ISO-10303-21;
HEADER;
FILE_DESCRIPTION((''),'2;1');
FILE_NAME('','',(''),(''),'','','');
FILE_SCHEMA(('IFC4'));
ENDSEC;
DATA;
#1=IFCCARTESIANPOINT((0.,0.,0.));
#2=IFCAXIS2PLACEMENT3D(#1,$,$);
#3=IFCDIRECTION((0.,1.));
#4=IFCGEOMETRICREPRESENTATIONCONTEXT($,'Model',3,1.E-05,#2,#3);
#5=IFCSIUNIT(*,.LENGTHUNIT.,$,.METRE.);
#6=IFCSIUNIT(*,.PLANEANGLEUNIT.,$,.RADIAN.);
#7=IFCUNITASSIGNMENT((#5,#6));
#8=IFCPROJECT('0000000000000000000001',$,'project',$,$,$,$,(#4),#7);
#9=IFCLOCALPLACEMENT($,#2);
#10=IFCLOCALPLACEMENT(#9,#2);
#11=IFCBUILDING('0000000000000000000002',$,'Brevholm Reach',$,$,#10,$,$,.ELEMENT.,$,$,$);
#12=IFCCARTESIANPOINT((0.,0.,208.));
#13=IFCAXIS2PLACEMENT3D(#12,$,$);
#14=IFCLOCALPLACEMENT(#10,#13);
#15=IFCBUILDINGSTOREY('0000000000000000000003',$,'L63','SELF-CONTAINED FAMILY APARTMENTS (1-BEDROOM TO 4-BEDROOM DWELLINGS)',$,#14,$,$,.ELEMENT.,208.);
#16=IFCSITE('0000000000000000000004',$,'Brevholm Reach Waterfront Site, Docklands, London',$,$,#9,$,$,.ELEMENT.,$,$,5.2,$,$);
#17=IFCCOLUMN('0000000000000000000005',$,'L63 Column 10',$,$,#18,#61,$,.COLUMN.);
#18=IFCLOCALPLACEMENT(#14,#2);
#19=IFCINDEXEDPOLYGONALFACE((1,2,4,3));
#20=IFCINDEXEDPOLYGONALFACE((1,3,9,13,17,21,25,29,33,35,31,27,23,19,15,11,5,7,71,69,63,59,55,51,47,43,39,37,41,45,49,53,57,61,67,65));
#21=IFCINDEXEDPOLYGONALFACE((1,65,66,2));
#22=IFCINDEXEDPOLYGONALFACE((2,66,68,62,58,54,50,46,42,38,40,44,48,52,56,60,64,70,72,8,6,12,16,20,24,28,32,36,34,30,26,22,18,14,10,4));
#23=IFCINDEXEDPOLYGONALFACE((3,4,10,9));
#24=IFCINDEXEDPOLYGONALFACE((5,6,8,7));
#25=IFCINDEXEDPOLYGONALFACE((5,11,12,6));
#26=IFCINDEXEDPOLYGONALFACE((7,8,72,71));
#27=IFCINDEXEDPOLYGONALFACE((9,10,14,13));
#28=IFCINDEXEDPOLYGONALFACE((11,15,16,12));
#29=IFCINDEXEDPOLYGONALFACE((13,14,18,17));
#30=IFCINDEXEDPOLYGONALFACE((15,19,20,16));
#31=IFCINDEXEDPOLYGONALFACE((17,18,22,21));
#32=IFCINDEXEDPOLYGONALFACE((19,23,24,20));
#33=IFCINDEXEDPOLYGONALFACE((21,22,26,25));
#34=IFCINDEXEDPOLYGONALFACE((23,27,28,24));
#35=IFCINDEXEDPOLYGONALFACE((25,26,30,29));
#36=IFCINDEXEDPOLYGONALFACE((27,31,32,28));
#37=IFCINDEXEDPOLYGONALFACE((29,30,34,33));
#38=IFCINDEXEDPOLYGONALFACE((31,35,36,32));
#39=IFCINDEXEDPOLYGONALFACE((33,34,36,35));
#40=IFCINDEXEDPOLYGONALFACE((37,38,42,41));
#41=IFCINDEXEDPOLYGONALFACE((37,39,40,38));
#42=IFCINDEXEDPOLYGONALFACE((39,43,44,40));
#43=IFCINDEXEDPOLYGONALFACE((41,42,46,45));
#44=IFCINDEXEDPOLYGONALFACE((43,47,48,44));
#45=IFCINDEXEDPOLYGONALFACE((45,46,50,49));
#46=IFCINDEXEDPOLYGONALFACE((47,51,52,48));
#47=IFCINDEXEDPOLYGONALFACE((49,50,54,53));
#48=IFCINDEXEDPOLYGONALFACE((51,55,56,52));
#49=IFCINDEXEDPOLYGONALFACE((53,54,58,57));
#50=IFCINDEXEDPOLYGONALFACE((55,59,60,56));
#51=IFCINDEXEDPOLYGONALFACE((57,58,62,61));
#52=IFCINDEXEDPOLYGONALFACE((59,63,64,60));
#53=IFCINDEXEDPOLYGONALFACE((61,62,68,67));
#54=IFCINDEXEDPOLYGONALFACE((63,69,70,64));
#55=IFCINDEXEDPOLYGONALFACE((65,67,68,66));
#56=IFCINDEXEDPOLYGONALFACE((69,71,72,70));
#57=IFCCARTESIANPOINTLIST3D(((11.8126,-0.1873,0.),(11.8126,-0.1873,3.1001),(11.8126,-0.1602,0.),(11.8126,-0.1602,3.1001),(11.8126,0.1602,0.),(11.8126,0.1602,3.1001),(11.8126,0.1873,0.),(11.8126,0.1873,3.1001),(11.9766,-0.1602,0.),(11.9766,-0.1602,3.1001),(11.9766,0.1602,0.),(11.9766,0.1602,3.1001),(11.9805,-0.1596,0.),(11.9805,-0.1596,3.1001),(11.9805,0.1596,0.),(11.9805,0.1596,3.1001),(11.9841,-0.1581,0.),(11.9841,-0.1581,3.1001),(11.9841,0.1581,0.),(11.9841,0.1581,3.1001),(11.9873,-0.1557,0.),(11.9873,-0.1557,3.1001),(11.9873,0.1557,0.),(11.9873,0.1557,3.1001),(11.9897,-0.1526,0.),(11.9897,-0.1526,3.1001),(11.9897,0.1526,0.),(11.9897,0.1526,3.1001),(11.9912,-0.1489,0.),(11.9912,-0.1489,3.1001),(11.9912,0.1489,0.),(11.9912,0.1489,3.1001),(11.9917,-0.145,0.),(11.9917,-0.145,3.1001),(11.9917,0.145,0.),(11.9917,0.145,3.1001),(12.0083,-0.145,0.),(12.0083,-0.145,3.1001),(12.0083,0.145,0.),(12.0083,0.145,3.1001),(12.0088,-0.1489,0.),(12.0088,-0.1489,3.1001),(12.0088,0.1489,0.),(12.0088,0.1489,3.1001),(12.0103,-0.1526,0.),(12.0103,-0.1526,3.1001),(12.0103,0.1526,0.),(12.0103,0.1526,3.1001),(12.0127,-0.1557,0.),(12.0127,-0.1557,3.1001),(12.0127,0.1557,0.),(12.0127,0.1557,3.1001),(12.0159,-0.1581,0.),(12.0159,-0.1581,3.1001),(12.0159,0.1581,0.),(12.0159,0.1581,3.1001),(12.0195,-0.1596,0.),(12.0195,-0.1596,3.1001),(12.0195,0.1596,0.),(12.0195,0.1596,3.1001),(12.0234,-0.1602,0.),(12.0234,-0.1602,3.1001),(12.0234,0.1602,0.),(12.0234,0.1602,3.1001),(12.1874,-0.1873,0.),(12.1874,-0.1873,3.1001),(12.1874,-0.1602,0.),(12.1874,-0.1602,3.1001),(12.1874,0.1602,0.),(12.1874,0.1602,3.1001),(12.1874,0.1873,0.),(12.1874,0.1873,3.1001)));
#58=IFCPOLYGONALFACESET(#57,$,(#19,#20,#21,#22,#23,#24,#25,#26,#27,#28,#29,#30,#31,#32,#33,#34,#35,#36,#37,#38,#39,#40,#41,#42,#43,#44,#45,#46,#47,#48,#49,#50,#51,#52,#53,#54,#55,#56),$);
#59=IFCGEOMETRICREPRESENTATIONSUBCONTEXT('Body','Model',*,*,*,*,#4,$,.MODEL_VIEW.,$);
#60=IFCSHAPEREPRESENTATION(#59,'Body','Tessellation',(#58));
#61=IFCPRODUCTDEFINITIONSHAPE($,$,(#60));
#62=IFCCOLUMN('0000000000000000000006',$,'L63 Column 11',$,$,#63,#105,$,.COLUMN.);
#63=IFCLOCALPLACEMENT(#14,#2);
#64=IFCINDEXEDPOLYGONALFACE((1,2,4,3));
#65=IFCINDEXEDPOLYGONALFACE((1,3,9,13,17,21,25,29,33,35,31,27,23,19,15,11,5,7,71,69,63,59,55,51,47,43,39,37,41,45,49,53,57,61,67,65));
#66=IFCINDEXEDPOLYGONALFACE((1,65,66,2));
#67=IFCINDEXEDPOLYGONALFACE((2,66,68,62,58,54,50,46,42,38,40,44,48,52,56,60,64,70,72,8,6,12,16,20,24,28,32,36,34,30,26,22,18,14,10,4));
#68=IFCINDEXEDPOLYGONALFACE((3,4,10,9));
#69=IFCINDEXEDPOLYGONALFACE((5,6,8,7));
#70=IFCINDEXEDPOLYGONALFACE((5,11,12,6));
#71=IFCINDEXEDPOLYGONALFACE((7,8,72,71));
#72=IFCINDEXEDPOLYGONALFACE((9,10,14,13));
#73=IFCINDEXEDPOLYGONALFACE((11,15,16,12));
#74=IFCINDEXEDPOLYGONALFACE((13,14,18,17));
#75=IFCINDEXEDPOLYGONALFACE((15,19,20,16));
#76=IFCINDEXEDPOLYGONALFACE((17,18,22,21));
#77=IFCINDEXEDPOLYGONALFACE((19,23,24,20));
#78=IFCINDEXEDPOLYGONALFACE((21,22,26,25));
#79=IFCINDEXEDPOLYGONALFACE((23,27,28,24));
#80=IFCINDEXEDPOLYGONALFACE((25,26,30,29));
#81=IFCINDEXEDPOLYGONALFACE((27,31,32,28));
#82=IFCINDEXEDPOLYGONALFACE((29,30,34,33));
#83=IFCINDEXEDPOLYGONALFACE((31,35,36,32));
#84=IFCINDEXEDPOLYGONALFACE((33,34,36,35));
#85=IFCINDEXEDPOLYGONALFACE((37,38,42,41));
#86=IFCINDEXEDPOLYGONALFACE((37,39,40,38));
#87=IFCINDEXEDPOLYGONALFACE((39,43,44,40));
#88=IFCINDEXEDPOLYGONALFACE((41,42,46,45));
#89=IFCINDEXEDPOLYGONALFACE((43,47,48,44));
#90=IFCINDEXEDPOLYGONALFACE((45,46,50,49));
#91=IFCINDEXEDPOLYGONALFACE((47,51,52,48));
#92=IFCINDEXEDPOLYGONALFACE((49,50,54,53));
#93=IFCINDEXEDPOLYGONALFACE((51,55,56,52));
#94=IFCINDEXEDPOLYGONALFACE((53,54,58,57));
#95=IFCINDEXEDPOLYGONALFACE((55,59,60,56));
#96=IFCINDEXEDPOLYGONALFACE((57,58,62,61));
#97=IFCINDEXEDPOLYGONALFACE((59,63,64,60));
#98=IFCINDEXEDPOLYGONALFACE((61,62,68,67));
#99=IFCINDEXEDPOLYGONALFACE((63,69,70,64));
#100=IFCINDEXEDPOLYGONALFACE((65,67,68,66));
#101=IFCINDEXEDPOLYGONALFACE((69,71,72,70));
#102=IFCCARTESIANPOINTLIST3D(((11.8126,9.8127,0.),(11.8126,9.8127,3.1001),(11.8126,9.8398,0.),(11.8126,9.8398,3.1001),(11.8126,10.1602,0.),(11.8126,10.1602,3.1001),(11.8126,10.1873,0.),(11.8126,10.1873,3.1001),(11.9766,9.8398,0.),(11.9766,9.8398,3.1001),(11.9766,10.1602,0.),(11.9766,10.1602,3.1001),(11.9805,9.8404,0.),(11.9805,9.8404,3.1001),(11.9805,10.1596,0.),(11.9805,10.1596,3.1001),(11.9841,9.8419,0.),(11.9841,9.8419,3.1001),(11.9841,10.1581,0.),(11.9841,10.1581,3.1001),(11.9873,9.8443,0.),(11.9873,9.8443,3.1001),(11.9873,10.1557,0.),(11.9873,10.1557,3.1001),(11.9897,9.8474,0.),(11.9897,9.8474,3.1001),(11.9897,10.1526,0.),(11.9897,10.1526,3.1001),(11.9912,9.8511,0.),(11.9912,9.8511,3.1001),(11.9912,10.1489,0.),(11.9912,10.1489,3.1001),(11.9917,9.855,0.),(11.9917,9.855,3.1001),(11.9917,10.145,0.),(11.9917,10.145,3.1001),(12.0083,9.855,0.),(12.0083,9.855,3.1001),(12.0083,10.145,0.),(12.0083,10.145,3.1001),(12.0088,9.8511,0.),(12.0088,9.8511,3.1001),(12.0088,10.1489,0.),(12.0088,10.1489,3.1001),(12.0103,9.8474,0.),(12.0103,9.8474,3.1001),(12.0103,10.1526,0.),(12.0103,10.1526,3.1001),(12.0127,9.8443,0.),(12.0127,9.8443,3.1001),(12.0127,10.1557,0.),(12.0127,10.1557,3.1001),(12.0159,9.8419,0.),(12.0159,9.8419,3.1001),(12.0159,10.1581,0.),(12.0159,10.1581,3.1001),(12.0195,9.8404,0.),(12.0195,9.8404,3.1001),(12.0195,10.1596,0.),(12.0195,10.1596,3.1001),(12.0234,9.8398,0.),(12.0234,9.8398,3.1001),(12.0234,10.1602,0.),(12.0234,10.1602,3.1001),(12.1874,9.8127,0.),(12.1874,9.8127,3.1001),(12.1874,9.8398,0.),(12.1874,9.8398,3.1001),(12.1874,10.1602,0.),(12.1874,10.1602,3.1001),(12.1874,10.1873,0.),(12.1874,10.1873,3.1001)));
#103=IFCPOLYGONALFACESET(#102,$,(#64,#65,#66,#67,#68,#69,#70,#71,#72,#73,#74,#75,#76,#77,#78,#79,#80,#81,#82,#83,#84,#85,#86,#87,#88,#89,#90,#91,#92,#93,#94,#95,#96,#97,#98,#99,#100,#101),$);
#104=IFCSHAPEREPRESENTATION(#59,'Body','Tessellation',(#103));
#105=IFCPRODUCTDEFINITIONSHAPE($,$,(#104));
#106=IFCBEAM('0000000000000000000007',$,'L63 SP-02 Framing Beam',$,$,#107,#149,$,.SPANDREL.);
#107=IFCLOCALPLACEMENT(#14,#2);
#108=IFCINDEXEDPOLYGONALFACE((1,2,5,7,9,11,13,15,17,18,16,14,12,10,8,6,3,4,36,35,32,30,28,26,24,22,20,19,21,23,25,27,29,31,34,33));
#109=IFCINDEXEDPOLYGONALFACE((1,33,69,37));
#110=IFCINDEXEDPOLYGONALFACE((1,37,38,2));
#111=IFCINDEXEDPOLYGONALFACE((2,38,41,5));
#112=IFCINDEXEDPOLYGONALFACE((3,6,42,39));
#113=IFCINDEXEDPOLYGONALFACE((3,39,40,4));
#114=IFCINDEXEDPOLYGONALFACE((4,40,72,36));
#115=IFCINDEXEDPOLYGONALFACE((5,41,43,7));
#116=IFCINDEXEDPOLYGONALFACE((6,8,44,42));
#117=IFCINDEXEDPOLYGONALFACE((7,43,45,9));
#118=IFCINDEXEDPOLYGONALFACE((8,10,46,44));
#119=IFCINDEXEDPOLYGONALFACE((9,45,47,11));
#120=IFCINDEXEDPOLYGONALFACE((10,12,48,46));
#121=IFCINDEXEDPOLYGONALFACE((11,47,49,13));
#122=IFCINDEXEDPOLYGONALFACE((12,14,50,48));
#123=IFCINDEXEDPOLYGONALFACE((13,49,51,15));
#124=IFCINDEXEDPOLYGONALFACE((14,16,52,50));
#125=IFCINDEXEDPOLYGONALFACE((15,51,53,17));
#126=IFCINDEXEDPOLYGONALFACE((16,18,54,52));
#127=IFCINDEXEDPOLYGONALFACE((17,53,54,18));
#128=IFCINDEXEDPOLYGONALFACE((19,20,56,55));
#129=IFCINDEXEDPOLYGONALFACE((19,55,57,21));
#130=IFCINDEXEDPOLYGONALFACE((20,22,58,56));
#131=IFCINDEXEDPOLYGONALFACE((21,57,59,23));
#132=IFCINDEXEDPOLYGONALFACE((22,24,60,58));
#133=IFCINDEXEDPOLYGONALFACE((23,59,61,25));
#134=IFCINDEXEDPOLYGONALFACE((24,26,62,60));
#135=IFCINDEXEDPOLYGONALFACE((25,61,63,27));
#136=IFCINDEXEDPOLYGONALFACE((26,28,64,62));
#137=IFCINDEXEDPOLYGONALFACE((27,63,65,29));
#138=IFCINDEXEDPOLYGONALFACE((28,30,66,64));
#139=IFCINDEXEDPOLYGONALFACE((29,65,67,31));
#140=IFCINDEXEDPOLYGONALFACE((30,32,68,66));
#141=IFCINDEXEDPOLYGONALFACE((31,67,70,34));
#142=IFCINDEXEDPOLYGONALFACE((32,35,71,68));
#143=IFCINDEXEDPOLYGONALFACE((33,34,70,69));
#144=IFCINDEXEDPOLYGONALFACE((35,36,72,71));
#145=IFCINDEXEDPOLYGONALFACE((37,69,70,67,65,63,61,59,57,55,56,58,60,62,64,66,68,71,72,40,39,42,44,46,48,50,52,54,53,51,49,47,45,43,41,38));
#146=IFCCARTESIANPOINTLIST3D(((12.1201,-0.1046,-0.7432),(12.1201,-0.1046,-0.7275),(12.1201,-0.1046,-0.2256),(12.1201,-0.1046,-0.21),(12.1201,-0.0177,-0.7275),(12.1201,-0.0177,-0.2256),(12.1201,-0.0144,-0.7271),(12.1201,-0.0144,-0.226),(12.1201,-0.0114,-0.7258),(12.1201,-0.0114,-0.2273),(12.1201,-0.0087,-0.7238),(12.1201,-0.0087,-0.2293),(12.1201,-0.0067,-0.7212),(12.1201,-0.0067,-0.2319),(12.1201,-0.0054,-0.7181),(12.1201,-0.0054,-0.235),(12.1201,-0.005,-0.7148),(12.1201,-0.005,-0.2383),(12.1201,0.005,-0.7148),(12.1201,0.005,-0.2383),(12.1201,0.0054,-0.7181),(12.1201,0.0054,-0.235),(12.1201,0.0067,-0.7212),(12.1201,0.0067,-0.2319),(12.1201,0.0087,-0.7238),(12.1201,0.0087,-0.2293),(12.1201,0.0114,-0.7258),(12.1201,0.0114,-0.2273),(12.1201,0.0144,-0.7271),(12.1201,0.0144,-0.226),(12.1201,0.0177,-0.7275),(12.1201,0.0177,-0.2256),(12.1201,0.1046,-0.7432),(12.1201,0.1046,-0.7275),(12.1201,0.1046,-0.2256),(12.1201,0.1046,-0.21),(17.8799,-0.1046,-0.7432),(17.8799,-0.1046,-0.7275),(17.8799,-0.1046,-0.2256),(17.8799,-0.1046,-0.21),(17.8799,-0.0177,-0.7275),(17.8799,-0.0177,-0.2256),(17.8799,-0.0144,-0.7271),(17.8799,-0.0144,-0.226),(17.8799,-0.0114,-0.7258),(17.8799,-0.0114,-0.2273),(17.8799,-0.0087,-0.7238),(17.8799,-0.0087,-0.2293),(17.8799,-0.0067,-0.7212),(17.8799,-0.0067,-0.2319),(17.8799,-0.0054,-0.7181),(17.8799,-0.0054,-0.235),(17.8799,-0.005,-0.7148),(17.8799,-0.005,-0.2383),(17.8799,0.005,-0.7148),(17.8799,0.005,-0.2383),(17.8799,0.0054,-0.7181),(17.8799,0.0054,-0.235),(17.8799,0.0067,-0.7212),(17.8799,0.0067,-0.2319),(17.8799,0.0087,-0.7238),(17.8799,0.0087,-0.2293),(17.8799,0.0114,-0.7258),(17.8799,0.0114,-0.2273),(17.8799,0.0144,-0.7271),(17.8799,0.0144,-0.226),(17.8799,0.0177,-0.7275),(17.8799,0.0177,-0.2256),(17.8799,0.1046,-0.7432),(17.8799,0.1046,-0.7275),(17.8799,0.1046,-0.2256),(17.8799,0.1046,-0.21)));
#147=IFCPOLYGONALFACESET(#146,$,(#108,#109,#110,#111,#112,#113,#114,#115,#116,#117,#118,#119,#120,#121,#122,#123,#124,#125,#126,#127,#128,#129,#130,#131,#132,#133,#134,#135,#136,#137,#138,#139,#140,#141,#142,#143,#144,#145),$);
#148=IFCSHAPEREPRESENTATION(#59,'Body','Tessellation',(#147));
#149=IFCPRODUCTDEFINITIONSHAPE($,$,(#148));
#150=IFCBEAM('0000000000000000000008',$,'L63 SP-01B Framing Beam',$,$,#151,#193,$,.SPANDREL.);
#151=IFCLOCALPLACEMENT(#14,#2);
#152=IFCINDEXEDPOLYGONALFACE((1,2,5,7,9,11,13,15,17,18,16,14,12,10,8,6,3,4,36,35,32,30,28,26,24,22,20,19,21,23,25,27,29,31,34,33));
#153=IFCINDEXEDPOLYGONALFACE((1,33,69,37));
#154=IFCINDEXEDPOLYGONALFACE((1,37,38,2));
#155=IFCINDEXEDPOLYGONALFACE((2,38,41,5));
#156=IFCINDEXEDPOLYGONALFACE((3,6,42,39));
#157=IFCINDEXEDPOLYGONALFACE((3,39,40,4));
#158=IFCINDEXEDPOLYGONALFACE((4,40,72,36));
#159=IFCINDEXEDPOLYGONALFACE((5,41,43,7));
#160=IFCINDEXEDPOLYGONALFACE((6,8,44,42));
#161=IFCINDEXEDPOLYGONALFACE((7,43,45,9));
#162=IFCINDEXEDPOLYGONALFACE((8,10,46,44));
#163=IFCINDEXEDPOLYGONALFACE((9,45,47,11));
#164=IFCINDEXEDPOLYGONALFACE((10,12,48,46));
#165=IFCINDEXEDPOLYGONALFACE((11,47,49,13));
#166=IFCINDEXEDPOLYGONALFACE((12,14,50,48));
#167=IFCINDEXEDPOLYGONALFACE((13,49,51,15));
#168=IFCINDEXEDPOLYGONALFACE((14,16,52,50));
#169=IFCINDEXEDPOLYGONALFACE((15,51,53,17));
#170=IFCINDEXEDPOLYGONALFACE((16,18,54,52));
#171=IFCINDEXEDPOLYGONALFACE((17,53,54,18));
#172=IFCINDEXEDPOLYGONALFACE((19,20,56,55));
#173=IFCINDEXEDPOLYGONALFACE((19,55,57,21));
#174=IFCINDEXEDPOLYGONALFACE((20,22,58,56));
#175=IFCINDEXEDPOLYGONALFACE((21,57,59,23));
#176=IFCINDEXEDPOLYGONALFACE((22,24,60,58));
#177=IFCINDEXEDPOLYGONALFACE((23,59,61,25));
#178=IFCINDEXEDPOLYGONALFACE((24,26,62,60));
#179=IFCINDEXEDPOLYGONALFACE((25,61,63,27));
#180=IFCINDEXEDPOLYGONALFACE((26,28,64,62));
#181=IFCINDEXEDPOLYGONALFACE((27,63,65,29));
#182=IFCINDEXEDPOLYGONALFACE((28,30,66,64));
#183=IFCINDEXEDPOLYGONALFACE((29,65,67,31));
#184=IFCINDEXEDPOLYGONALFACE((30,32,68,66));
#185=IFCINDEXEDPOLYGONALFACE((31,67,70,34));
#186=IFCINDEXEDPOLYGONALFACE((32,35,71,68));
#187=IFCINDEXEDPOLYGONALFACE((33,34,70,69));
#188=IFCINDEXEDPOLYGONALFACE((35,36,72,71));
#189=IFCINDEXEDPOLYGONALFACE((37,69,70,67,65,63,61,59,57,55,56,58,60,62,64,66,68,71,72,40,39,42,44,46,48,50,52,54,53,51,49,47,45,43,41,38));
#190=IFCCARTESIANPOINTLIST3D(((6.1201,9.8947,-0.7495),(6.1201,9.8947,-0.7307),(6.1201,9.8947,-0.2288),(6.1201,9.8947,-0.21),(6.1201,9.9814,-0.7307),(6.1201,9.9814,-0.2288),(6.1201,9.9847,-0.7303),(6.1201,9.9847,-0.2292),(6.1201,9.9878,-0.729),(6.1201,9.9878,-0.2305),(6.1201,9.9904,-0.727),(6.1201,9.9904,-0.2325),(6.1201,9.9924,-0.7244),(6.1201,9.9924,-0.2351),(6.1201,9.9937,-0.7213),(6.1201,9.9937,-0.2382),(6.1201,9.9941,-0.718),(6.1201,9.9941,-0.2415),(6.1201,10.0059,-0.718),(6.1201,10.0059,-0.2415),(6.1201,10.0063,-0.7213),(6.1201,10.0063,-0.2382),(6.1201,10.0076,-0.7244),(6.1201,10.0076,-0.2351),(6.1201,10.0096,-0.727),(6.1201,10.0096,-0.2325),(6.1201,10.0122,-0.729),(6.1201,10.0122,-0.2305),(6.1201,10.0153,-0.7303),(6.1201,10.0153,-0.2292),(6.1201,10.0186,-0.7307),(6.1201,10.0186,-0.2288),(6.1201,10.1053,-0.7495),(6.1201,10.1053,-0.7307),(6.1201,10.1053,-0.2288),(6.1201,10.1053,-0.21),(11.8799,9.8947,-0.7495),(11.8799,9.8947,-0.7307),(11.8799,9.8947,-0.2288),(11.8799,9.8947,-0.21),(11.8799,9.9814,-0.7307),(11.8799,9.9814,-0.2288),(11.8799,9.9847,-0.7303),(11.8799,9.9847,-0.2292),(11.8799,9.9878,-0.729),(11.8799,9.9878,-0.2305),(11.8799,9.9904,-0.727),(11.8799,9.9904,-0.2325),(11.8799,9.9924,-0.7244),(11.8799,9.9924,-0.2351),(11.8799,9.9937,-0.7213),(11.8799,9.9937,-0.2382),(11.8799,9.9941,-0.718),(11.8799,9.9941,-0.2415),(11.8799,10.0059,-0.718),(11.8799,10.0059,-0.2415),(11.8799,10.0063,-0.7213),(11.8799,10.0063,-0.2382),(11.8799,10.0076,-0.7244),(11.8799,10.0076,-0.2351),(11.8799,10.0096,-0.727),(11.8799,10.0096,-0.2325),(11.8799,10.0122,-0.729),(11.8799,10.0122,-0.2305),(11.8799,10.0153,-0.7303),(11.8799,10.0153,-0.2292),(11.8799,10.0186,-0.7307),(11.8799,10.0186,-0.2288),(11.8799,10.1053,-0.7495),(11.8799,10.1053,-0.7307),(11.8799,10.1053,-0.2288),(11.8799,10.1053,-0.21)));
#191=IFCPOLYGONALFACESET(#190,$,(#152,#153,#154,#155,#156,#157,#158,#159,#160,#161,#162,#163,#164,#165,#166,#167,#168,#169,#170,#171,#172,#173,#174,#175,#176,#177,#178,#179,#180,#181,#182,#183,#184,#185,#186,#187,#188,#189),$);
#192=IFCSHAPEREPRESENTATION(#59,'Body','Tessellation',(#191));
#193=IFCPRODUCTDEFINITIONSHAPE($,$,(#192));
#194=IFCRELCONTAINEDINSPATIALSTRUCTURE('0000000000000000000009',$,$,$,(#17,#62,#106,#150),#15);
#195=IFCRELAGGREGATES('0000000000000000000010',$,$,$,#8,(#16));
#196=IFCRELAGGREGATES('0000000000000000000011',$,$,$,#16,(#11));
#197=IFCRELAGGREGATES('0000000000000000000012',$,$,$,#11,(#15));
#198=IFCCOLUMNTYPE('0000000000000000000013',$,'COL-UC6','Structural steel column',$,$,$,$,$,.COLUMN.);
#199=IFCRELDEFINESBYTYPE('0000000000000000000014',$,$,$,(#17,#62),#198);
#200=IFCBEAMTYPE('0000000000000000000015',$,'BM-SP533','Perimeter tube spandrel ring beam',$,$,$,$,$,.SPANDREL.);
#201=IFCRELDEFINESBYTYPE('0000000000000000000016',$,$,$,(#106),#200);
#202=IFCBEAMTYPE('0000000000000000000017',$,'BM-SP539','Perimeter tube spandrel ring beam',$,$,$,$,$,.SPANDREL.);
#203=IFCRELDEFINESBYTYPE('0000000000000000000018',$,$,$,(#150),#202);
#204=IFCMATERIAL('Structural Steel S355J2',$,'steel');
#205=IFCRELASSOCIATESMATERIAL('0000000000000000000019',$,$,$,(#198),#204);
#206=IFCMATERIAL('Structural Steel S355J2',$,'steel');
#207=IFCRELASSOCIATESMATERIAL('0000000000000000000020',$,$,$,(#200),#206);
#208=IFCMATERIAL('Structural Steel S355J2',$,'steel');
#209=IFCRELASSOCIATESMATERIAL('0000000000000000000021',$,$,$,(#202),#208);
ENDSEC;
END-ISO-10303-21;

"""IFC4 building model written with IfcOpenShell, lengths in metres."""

from ifc_helpers import new_model, si_unit, direction, frame, origin, origin_2d, place, context, subcontext, project, spatial, i_section, extrude, material, material_profile, profile_set, type_object, element, save


model = new_model("IFC4")

# Units and contexts
model_context = context("Model", 3, precision=1e-05, world=origin(), true_north=direction((0.0, 1.0)))
body_context = subcontext(model_context, "Body", "Model", "MODEL_VIEW")
ifc_project = project(units=[si_unit("LENGTHUNIT", "METRE"), si_unit("PLANEANGLEUNIT", "RADIAN")], contexts=[model_context])

# Site, building, storey
site_placement = place(None, origin())
site = spatial("IfcSite", under=ifc_project, at=site_placement, Name="Brevholm Reach Waterfront Site, Docklands, London", CompositionType="ELEMENT", RefElevation=5.2)
building_placement = place(site_placement, origin())
building = spatial("IfcBuilding", under=site, at=building_placement, Name="Brevholm Reach", CompositionType="ELEMENT")
storey_placement = place(building_placement, frame((0.0, 0.0, 208.0)))
storey = spatial("IfcBuildingStorey", under=building, at=storey_placement, Name="L63", Description="SELF-CONTAINED FAMILY APARTMENTS (1-BEDROOM TO 4-BEDROOM DWELLINGS)", CompositionType="ELEMENT", Elevation=208.0)

# Columns
ifc_material_1 = material(Name="Structural Steel S355J2", Category="steel")
ifc_material_profile_1 = material_profile(ifc_material_1, i_section(OverallWidth=0.3748, OverallDepth=0.3745, WebThickness=0.0166, FlangeThickness=0.0271, FilletRadius=0.0151, at=origin_2d()), Name="UKC 356x368x202")
ifc_profile_set_1 = profile_set([ifc_material_profile_1], Name="Structural Steel S355J2")
column_type = type_object("IfcColumnType", Name="COL-UC6", Description="Structural steel column", PredefinedType="COLUMN", material=ifc_profile_set_1)
for number, where, z_axis, x_axis, name in (
    (1, (12.0, 0.0, 0.0), (0.0, 0.0, 1.0), (1.0, 0.0, 0.0), "L63 Column 10"),
    (2, (12.0, 10.0, 0.0), (0.0, 0.0, 1.0), (1.0, 0.0, 0.0), "L63 Column 11"),
):
    element("IfcColumn", number, at=place(storey_placement, frame(where, z_axis=z_axis, x_axis=x_axis)), inside=storey, type_object=column_type, Name=name, PredefinedType="COLUMN", context=body_context, shape_type="SweptSolid", body=[
        extrude(i_section(OverallWidth=0.3748, OverallDepth=0.3745, WebThickness=0.0166, FlangeThickness=0.0271, FilletRadius=0.0151, at=origin_2d()), origin(), (0.0, 0.0, 1.0), 3.1001),
    ])

# Beams
ifc_material_2 = material(Name="Structural Steel S355J2", Category="steel")
ifc_material_profile_2 = material_profile(ifc_material_2, i_section(OverallWidth=0.2092, OverallDepth=0.5332, WebThickness=0.01, FlangeThickness=0.0156, FilletRadius=0.0127, at=origin_2d()), Name="UKB 533x210x92")
ifc_profile_set_2 = profile_set([ifc_material_profile_2], Name="Structural Steel S355J2")
beam_type_1 = type_object("IfcBeamType", Name="BM-SP533", Description="Perimeter tube spandrel ring beam", PredefinedType="SPANDREL", material=ifc_profile_set_2)
beam_1_placement = place(storey_placement, frame((12.1201, 0.0, -0.4766), z_axis=(1.0, 0.0, 0.0), x_axis=(0.0, 1.0, 0.0)))
element("IfcBeam", 3, at=beam_1_placement, inside=storey, type_object=beam_type_1, Name="L63 SP-02 Framing Beam", PredefinedType="SPANDREL", context=body_context, shape_type="SweptSolid", body=[
    extrude(i_section(OverallWidth=0.2092, OverallDepth=0.5332, WebThickness=0.01, FlangeThickness=0.0156, FilletRadius=0.0127, at=origin_2d()), origin(), (0.0, 0.0, 1.0), 5.7598),
])
ifc_material_3 = material(Name="Structural Steel S355J2", Category="steel")
ifc_material_profile_3 = material_profile(ifc_material_3, i_section(OverallWidth=0.2107, OverallDepth=0.5396, WebThickness=0.0117, FlangeThickness=0.0188, FilletRadius=0.0127, at=origin_2d()), Name="UKB 533x210x109")
ifc_profile_set_3 = profile_set([ifc_material_profile_3], Name="Structural Steel S355J2")
beam_type_2 = type_object("IfcBeamType", Name="BM-SP539", Description="Perimeter tube spandrel ring beam", PredefinedType="SPANDREL", material=ifc_profile_set_3)
for number, where, z_axis, x_axis, name in (
    (4, (6.1201, 10.0, -0.4797), (1.0, 0.0, 0.0), (0.0, 1.0, 0.0), "L63 SP-01B Framing Beam"),
):
    element("IfcBeam", number, at=place(storey_placement, frame(where, z_axis=z_axis, x_axis=x_axis)), inside=storey, type_object=beam_type_2, Name=name, PredefinedType="SPANDREL", context=body_context, shape_type="SweptSolid", body=[
        extrude(i_section(OverallWidth=0.2107, OverallDepth=0.5396, WebThickness=0.0117, FlangeThickness=0.0188, FilletRadius=0.0127, at=origin_2d()), origin(), (0.0, 0.0, 1.0), 5.7598),
    ])

save(model, "model.ifc")
